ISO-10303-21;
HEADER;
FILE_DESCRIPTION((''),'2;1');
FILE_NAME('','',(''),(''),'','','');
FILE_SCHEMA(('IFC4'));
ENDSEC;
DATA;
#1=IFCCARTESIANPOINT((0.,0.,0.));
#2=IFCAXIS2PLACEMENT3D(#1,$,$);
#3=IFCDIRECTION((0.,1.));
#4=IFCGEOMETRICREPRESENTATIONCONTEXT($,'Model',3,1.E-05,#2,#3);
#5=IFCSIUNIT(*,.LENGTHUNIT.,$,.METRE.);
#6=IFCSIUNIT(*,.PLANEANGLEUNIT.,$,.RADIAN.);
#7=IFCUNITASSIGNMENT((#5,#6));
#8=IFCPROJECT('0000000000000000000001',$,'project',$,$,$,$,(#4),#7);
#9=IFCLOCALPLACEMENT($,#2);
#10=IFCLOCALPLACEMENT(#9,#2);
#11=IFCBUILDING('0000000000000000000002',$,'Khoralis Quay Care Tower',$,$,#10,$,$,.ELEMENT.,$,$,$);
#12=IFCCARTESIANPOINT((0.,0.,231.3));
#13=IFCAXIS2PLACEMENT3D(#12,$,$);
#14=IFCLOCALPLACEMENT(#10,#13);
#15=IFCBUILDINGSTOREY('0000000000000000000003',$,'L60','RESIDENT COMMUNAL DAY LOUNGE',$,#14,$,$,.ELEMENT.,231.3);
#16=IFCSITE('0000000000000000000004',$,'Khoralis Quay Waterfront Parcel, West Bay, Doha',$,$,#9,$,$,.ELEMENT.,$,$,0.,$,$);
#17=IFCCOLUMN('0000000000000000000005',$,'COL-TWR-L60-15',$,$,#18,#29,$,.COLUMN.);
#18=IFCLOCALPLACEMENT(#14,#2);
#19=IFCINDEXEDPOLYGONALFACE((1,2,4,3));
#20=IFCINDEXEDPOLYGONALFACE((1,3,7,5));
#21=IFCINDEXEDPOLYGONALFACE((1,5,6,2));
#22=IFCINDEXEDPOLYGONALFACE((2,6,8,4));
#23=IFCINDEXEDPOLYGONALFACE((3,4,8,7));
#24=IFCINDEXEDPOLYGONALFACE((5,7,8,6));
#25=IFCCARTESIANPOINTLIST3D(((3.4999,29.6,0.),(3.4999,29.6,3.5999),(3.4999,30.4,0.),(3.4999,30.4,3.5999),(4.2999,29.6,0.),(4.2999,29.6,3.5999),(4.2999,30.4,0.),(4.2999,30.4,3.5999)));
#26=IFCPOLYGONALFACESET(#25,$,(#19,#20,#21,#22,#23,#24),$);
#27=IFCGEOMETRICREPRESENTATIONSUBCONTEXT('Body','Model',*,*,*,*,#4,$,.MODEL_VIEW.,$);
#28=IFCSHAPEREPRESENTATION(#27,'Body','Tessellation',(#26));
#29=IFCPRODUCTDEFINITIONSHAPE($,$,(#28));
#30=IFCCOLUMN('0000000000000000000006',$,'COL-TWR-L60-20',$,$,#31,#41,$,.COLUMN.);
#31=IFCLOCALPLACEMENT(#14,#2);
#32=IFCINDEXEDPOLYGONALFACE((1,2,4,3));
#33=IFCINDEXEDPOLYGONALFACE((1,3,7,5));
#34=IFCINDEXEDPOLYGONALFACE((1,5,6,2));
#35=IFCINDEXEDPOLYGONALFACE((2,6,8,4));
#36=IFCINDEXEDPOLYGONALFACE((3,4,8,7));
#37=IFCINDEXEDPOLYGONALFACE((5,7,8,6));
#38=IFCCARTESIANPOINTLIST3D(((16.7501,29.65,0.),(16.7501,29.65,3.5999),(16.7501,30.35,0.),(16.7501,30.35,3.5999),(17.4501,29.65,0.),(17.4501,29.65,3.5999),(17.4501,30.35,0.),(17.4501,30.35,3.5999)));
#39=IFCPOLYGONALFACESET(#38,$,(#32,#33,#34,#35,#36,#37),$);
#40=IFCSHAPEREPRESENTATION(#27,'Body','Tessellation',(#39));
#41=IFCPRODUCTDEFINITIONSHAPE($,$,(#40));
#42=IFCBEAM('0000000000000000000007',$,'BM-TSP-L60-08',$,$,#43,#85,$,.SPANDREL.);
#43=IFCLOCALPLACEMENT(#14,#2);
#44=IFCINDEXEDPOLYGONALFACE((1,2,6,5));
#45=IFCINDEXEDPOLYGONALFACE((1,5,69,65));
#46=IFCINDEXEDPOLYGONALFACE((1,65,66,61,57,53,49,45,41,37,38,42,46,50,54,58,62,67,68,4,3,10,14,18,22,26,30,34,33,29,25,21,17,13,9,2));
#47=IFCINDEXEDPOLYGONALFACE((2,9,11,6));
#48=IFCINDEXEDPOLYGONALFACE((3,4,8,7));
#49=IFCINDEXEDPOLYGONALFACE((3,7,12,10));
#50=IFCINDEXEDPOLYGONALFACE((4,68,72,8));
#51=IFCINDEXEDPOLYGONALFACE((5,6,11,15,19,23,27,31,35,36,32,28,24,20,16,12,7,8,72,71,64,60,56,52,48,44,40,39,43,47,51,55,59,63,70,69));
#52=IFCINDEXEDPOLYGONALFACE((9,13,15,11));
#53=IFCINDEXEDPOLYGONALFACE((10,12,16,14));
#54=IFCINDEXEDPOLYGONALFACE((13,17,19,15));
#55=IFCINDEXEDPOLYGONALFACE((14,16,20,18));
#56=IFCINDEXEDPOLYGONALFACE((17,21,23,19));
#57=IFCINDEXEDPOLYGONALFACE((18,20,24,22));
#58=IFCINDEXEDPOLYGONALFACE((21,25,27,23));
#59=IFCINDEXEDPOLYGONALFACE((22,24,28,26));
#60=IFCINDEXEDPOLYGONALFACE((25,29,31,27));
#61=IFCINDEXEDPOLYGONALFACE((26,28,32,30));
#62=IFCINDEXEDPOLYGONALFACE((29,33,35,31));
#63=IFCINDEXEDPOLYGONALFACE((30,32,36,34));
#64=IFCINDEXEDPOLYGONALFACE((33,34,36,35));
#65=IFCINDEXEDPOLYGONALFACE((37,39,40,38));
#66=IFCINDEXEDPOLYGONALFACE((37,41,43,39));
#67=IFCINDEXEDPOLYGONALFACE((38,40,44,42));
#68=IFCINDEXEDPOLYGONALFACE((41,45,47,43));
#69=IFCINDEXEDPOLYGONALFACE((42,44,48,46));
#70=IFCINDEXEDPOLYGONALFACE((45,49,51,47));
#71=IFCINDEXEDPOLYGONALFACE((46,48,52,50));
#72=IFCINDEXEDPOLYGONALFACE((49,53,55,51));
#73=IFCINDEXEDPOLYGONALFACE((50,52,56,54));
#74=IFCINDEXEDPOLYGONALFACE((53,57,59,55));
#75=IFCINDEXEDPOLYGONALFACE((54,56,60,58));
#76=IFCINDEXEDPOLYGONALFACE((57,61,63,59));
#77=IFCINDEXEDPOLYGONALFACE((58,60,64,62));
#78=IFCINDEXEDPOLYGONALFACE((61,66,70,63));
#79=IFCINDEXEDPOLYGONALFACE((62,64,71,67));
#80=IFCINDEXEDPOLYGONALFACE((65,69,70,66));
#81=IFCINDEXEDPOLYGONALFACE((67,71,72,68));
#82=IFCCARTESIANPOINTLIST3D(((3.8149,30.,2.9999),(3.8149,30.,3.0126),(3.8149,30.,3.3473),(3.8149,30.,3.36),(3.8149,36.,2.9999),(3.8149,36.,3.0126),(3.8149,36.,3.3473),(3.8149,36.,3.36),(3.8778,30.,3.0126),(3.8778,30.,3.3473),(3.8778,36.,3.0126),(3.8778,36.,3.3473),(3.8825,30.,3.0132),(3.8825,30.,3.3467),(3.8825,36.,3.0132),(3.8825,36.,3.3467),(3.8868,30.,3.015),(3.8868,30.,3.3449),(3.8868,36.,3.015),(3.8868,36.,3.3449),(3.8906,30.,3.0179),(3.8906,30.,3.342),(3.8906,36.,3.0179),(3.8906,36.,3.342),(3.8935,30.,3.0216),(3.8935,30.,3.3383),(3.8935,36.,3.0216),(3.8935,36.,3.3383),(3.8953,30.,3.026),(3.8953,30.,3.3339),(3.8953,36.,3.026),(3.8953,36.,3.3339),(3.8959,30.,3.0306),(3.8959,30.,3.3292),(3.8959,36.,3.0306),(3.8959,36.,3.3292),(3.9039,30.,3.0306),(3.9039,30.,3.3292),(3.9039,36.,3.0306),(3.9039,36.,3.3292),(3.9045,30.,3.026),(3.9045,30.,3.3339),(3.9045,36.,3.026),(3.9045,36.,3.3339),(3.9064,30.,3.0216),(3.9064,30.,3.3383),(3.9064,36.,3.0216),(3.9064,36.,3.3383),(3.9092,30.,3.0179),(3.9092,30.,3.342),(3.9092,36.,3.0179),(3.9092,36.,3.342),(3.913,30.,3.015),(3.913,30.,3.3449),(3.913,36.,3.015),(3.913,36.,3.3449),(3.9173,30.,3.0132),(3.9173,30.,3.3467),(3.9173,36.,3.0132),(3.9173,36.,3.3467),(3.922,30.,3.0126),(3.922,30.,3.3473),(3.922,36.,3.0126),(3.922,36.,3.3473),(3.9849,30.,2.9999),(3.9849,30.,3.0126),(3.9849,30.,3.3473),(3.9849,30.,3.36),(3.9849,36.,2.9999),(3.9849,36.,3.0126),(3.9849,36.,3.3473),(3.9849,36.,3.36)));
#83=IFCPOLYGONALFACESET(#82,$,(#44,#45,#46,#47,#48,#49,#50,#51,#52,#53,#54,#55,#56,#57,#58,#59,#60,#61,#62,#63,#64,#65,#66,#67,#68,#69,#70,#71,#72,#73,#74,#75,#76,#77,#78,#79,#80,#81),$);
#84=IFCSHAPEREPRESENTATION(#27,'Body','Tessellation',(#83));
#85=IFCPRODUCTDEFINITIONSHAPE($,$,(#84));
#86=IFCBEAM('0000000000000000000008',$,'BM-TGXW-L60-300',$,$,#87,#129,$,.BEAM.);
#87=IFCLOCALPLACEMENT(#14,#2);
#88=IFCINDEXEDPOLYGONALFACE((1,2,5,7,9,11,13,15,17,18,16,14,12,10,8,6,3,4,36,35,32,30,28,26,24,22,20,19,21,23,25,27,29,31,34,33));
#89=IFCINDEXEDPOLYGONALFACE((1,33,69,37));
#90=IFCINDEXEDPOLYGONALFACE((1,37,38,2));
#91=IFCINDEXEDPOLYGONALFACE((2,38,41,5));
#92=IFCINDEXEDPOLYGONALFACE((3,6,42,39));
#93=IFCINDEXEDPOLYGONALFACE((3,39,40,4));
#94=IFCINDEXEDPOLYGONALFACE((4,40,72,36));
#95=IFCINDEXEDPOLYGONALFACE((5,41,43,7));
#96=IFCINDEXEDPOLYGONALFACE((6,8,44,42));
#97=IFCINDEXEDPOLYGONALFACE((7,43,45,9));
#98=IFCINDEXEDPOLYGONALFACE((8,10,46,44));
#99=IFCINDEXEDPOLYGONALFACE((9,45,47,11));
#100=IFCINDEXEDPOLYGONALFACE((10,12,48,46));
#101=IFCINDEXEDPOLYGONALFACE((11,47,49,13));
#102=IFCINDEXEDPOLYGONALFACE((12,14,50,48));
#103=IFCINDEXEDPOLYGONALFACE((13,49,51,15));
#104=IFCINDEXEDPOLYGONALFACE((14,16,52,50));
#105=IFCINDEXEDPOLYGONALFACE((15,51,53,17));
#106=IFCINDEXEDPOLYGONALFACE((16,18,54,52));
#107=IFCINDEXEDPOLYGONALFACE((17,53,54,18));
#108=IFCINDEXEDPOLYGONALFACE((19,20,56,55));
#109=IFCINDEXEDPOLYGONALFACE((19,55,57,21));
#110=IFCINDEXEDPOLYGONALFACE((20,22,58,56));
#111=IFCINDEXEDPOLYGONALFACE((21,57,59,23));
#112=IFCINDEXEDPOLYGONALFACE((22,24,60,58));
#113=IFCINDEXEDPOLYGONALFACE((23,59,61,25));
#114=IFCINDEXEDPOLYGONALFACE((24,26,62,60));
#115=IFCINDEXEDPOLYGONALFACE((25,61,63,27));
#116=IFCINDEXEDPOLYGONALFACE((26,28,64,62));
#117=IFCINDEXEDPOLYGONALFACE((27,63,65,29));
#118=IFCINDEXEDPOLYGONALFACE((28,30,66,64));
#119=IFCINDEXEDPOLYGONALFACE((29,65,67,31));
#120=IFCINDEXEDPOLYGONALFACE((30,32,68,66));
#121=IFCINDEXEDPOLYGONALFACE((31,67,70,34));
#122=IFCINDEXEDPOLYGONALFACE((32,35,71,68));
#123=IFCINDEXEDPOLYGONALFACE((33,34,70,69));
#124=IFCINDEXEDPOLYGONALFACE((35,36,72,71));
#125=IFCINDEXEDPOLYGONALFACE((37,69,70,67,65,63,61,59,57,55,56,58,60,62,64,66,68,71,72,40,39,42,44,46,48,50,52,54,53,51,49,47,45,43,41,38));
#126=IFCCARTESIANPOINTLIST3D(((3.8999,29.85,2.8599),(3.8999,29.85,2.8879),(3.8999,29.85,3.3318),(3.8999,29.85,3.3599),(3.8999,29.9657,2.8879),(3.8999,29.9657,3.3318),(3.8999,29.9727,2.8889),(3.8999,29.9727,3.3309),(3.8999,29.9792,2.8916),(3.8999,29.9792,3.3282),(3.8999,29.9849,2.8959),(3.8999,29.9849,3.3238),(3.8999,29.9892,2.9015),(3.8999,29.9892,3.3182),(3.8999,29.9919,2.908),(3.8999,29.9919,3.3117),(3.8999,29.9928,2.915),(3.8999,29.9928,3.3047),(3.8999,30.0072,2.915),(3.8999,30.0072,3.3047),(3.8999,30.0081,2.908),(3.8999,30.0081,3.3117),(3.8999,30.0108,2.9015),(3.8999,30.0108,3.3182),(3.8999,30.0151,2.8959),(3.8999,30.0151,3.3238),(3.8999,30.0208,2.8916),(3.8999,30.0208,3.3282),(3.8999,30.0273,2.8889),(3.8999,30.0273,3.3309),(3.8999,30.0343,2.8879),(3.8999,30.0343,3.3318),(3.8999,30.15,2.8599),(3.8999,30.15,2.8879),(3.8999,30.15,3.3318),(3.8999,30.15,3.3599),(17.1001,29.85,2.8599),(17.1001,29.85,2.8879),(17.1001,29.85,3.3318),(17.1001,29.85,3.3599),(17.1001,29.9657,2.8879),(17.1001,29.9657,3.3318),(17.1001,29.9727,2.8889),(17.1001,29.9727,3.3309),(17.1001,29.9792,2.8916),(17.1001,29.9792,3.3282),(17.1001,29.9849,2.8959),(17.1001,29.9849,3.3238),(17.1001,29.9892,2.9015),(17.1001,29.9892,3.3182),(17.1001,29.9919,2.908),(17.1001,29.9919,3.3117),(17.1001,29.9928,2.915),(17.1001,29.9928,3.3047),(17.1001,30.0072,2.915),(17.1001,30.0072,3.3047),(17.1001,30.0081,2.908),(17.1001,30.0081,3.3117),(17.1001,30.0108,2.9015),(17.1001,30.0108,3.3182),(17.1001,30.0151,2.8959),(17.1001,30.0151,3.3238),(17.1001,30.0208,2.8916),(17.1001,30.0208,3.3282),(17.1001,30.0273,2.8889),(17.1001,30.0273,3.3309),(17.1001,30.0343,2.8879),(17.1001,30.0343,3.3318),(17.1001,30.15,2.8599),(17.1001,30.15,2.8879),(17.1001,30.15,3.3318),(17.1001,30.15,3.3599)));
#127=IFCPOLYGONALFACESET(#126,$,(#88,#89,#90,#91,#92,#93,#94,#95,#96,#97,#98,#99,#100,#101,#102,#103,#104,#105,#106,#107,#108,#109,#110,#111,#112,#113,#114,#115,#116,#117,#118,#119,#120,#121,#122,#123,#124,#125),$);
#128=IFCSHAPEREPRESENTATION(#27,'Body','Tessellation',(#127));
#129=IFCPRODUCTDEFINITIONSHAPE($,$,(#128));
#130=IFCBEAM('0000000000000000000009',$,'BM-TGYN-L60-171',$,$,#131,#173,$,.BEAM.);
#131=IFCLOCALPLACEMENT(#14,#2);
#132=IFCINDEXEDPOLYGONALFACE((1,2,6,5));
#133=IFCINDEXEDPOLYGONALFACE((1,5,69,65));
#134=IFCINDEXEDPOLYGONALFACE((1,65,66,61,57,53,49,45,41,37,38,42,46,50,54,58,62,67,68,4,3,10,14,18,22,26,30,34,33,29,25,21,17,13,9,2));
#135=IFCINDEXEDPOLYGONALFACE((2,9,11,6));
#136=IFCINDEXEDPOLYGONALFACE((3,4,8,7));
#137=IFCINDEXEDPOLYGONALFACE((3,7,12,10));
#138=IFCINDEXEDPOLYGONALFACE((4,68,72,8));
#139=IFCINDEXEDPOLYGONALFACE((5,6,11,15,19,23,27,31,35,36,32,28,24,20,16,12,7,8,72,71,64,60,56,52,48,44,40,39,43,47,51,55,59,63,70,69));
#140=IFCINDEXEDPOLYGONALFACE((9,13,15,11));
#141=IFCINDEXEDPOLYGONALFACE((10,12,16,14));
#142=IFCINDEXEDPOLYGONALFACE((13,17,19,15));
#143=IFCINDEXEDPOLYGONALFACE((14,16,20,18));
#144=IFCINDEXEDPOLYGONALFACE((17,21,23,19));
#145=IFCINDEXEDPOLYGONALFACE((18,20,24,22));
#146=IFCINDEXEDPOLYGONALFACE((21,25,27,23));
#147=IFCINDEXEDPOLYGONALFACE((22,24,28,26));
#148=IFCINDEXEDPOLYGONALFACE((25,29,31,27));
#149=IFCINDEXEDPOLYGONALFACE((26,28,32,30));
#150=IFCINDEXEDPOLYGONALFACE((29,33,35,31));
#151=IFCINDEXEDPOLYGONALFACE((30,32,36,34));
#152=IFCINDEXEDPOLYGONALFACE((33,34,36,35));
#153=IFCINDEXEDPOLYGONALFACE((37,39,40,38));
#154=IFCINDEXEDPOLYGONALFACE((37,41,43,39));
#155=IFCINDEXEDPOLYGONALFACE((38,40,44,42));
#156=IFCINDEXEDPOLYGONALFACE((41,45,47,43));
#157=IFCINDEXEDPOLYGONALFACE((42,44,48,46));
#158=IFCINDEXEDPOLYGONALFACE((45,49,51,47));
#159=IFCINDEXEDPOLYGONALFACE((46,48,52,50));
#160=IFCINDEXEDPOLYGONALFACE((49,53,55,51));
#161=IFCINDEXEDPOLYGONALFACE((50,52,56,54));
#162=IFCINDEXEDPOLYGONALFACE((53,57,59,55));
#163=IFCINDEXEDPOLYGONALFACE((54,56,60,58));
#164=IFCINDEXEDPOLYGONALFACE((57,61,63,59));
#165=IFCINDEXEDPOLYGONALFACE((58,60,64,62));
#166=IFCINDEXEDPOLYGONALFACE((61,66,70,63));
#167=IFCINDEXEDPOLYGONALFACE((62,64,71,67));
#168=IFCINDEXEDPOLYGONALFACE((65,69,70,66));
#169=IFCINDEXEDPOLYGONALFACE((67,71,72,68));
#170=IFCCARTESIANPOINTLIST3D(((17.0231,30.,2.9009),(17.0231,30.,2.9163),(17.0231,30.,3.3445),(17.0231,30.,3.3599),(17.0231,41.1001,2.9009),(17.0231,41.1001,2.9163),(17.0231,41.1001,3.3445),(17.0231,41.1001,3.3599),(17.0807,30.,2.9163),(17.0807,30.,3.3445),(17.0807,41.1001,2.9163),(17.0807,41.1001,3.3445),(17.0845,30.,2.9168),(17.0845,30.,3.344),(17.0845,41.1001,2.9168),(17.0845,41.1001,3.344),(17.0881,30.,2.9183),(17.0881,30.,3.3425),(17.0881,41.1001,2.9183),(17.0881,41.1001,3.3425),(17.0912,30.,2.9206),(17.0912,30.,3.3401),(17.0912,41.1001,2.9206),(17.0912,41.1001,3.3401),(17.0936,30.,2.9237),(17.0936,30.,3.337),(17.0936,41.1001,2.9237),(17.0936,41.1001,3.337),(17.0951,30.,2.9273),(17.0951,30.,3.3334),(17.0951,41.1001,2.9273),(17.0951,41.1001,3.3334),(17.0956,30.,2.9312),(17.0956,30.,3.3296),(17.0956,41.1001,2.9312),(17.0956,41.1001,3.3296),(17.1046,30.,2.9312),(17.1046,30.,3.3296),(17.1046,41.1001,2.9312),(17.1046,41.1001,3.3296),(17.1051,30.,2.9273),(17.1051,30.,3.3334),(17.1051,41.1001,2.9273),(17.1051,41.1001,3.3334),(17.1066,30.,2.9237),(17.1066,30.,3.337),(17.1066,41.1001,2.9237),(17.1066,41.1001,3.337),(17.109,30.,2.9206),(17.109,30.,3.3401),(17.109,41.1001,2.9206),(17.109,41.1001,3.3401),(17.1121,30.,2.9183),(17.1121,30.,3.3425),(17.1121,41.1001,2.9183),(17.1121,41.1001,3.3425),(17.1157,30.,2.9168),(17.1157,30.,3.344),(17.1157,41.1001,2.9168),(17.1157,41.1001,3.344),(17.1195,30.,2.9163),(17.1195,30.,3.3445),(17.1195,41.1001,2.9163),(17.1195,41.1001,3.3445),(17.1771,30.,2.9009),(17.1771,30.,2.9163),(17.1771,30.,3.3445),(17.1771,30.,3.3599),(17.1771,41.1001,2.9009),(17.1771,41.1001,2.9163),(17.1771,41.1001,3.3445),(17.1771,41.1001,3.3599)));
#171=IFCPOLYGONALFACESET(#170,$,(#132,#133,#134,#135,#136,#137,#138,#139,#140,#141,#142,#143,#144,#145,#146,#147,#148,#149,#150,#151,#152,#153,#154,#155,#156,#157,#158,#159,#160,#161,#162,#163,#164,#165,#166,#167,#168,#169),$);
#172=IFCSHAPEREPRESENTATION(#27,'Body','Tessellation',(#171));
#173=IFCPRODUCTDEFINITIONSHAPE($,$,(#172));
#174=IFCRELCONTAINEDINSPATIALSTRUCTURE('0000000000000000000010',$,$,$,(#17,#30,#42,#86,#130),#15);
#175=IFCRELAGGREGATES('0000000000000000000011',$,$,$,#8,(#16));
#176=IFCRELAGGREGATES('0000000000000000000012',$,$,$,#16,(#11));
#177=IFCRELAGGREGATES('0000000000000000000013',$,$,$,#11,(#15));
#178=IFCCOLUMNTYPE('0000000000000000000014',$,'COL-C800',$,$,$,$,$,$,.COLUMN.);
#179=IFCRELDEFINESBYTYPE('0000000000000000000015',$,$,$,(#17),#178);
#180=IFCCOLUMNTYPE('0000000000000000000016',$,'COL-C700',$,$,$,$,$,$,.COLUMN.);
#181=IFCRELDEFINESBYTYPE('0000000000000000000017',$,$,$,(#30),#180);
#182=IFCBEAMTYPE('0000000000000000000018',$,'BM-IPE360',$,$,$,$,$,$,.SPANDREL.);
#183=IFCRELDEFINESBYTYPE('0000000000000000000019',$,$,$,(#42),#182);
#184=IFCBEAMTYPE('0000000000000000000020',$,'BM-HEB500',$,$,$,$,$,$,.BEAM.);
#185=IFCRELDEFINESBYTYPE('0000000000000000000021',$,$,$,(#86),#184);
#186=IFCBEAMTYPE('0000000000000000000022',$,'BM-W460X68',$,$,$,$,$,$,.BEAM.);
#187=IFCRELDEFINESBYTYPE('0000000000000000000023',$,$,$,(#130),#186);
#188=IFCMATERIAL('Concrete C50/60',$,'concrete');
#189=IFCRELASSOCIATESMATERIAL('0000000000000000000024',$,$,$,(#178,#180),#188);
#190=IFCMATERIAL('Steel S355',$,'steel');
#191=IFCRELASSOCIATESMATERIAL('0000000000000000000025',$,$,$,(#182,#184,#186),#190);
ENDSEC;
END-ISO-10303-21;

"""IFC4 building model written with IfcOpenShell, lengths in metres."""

from ifc_helpers import new_model, si_unit, direction, frame, origin, origin_2d, place, context, subcontext, project, spatial, rectangle, i_section, extrude, source, transform, mapped, material, material_profile, profile_set, type_object, element, save


model = new_model("IFC4")

# Units and contexts
model_context = context("Model", 3, precision=1e-05, world=origin(), true_north=direction((0.0, 1.0)))
body_context = subcontext(model_context, "Body", "Model", "MODEL_VIEW")
ifc_project = project(units=[si_unit("LENGTHUNIT", "METRE"), si_unit("PLANEANGLEUNIT", "RADIAN")], contexts=[model_context])

# Site, building, storey
site_placement = place(None, origin())
site = spatial("IfcSite", under=ifc_project, at=site_placement, Name="Khoralis Quay Waterfront Parcel, West Bay, Doha", CompositionType="ELEMENT", RefElevation=0.0)
building_placement = place(site_placement, origin())
building = spatial("IfcBuilding", under=site, at=building_placement, Name="Khoralis Quay Care Tower", CompositionType="ELEMENT")
storey_placement = place(building_placement, frame((0.0, 0.0, 231.3)))
storey = spatial("IfcBuildingStorey", under=building, at=storey_placement, Name="L60", Description="RESIDENT COMMUNAL DAY LOUNGE", CompositionType="ELEMENT", Elevation=231.3)

# Columns
ifc_material_1 = material(Name="Concrete C50/60", Category="concrete")
ifc_material_profile_1 = material_profile(ifc_material_1, rectangle(XDim=0.8, YDim=0.8, at=origin_2d()), Name="Concrete C50/60")
ifc_profile_set_1 = profile_set([ifc_material_profile_1], Name="Concrete C50/60")
column_type_1 = type_object("IfcColumnType", Name="COL-C800", PredefinedType="COLUMN", material=ifc_profile_set_1)
shared_shape_1 = source(origin(), body_context, "Body", "SweptSolid", [
    extrude(rectangle(XDim=0.8, YDim=0.8, at=origin_2d()), origin(), (0.0, 0.0, 1.0), 3.5999),
])
column_1_placement = place(storey_placement, frame((3.8999, 30.0, 0.0), z_axis=(0.0, 0.0, 1.0), x_axis=(1.0, 0.0, 0.0)))
element("IfcColumn", 1, at=column_1_placement, inside=storey, type_object=column_type_1, Name="COL-TWR-L60-15", PredefinedType="COLUMN", context=body_context, shape_type="MappedRepresentation", body=[
    mapped(shared_shape_1, transform((0.0, 0.0, 0.0), scale=1.0)),
])
ifc_material_profile_2 = material_profile(ifc_material_1, rectangle(XDim=0.7, YDim=0.7, at=origin_2d()), Name="Concrete C50/60")
ifc_profile_set_2 = profile_set([ifc_material_profile_2], Name="Concrete C50/60")
column_type_2 = type_object("IfcColumnType", Name="COL-C700", PredefinedType="COLUMN", material=ifc_profile_set_2)
shared_shape_2 = source(origin(), body_context, "Body", "SweptSolid", [
    extrude(rectangle(XDim=0.7, YDim=0.7, at=origin_2d()), origin(), (0.0, 0.0, 1.0), 3.5999),
])
column_2_placement = place(storey_placement, frame((17.1001, 30.0, 0.0), z_axis=(0.0, 0.0, 1.0), x_axis=(1.0, 0.0, 0.0)))
element("IfcColumn", 2, at=column_2_placement, inside=storey, type_object=column_type_2, Name="COL-TWR-L60-20", PredefinedType="COLUMN", context=body_context, shape_type="MappedRepresentation", body=[
    mapped(shared_shape_2, transform((0.0, 0.0, 0.0), scale=1.0)),
])

# Beams
ifc_material_2 = material(Name="Steel S355", Category="steel")
ifc_material_profile_3 = material_profile(ifc_material_2, i_section(OverallWidth=0.1699, OverallDepth=0.3601, WebThickness=0.0081, FlangeThickness=0.0127, FilletRadius=0.0181, at=origin_2d()), Name="Steel S355")
ifc_profile_set_3 = profile_set([ifc_material_profile_3], Name="Steel S355")
beam_type_1 = type_object("IfcBeamType", Name="BM-IPE360", PredefinedType="SPANDREL", material=ifc_profile_set_3)
shared_shape_3 = source(origin(), body_context, "Body", "SweptSolid", [
    extrude(i_section(OverallWidth=0.1699, OverallDepth=0.3601, WebThickness=0.0081, FlangeThickness=0.0127, FilletRadius=0.0181, at=origin_2d()), origin(), (0.0, 0.0, 1.0), 6.0),
])
beam_1_placement = place(storey_placement, frame((3.8999, 30.0, 3.1799), z_axis=(0.0, 1.0, 0.0), x_axis=(-1.0, 0.0, 0.0)))
element("IfcBeam", 3, at=beam_1_placement, inside=storey, type_object=beam_type_1, Name="BM-TSP-L60-08", PredefinedType="SPANDREL", context=body_context, shape_type="MappedRepresentation", body=[
    mapped(shared_shape_3, transform((0.0, 0.0, 0.0), scale=1.0)),
])
ifc_material_profile_4 = material_profile(ifc_material_2, i_section(OverallWidth=0.3, OverallDepth=0.5, WebThickness=0.0144, FlangeThickness=0.0281, FilletRadius=0.0271, at=origin_2d()), Name="Steel S355")
ifc_profile_set_4 = profile_set([ifc_material_profile_4], Name="Steel S355")
beam_type_2 = type_object("IfcBeamType", Name="BM-HEB500", PredefinedType="BEAM", material=ifc_profile_set_4)
shared_shape_4 = source(origin(), body_context, "Body", "SweptSolid", [
    extrude(i_section(OverallWidth=0.3, OverallDepth=0.5, WebThickness=0.0144, FlangeThickness=0.0281, FilletRadius=0.0271, at=origin_2d()), origin(), (0.0, 0.0, 1.0), 13.2002),
])
beam_2_placement = place(storey_placement, frame((3.8999, 30.0, 3.1099), z_axis=(1.0, 0.0, 0.0), x_axis=(0.0, 1.0, 0.0)))
element("IfcBeam", 4, at=beam_2_placement, inside=storey, type_object=beam_type_2, Name="BM-TGXW-L60-300", PredefinedType="BEAM", context=body_context, shape_type="MappedRepresentation", body=[
    mapped(shared_shape_4, transform((0.0, 0.0, 0.0), scale=1.0)),
])
ifc_material_profile_5 = material_profile(ifc_material_2, i_section(OverallWidth=0.1541, OverallDepth=0.459, WebThickness=0.009, FlangeThickness=0.0154, FilletRadius=0.0149, at=origin_2d()), Name="Steel S355")
ifc_profile_set_5 = profile_set([ifc_material_profile_5], Name="Steel S355")
beam_type_3 = type_object("IfcBeamType", Name="BM-W460X68", PredefinedType="BEAM", material=ifc_profile_set_5)
shared_shape_5 = source(origin(), body_context, "Body", "SweptSolid", [
    extrude(i_section(OverallWidth=0.1541, OverallDepth=0.459, WebThickness=0.009, FlangeThickness=0.0154, FilletRadius=0.0149, at=origin_2d()), origin(), (0.0, 0.0, 1.0), 11.1001),
])
beam_3_placement = place(storey_placement, frame((17.1001, 30.0, 3.1304), z_axis=(0.0, 1.0, 0.0), x_axis=(-1.0, 0.0, 0.0)))
element("IfcBeam", 5, at=beam_3_placement, inside=storey, type_object=beam_type_3, Name="BM-TGYN-L60-171", PredefinedType="BEAM", context=body_context, shape_type="MappedRepresentation", body=[
    mapped(shared_shape_5, transform((0.0, 0.0, 0.0), scale=1.0)),
])

save(model, "model.ifc")
